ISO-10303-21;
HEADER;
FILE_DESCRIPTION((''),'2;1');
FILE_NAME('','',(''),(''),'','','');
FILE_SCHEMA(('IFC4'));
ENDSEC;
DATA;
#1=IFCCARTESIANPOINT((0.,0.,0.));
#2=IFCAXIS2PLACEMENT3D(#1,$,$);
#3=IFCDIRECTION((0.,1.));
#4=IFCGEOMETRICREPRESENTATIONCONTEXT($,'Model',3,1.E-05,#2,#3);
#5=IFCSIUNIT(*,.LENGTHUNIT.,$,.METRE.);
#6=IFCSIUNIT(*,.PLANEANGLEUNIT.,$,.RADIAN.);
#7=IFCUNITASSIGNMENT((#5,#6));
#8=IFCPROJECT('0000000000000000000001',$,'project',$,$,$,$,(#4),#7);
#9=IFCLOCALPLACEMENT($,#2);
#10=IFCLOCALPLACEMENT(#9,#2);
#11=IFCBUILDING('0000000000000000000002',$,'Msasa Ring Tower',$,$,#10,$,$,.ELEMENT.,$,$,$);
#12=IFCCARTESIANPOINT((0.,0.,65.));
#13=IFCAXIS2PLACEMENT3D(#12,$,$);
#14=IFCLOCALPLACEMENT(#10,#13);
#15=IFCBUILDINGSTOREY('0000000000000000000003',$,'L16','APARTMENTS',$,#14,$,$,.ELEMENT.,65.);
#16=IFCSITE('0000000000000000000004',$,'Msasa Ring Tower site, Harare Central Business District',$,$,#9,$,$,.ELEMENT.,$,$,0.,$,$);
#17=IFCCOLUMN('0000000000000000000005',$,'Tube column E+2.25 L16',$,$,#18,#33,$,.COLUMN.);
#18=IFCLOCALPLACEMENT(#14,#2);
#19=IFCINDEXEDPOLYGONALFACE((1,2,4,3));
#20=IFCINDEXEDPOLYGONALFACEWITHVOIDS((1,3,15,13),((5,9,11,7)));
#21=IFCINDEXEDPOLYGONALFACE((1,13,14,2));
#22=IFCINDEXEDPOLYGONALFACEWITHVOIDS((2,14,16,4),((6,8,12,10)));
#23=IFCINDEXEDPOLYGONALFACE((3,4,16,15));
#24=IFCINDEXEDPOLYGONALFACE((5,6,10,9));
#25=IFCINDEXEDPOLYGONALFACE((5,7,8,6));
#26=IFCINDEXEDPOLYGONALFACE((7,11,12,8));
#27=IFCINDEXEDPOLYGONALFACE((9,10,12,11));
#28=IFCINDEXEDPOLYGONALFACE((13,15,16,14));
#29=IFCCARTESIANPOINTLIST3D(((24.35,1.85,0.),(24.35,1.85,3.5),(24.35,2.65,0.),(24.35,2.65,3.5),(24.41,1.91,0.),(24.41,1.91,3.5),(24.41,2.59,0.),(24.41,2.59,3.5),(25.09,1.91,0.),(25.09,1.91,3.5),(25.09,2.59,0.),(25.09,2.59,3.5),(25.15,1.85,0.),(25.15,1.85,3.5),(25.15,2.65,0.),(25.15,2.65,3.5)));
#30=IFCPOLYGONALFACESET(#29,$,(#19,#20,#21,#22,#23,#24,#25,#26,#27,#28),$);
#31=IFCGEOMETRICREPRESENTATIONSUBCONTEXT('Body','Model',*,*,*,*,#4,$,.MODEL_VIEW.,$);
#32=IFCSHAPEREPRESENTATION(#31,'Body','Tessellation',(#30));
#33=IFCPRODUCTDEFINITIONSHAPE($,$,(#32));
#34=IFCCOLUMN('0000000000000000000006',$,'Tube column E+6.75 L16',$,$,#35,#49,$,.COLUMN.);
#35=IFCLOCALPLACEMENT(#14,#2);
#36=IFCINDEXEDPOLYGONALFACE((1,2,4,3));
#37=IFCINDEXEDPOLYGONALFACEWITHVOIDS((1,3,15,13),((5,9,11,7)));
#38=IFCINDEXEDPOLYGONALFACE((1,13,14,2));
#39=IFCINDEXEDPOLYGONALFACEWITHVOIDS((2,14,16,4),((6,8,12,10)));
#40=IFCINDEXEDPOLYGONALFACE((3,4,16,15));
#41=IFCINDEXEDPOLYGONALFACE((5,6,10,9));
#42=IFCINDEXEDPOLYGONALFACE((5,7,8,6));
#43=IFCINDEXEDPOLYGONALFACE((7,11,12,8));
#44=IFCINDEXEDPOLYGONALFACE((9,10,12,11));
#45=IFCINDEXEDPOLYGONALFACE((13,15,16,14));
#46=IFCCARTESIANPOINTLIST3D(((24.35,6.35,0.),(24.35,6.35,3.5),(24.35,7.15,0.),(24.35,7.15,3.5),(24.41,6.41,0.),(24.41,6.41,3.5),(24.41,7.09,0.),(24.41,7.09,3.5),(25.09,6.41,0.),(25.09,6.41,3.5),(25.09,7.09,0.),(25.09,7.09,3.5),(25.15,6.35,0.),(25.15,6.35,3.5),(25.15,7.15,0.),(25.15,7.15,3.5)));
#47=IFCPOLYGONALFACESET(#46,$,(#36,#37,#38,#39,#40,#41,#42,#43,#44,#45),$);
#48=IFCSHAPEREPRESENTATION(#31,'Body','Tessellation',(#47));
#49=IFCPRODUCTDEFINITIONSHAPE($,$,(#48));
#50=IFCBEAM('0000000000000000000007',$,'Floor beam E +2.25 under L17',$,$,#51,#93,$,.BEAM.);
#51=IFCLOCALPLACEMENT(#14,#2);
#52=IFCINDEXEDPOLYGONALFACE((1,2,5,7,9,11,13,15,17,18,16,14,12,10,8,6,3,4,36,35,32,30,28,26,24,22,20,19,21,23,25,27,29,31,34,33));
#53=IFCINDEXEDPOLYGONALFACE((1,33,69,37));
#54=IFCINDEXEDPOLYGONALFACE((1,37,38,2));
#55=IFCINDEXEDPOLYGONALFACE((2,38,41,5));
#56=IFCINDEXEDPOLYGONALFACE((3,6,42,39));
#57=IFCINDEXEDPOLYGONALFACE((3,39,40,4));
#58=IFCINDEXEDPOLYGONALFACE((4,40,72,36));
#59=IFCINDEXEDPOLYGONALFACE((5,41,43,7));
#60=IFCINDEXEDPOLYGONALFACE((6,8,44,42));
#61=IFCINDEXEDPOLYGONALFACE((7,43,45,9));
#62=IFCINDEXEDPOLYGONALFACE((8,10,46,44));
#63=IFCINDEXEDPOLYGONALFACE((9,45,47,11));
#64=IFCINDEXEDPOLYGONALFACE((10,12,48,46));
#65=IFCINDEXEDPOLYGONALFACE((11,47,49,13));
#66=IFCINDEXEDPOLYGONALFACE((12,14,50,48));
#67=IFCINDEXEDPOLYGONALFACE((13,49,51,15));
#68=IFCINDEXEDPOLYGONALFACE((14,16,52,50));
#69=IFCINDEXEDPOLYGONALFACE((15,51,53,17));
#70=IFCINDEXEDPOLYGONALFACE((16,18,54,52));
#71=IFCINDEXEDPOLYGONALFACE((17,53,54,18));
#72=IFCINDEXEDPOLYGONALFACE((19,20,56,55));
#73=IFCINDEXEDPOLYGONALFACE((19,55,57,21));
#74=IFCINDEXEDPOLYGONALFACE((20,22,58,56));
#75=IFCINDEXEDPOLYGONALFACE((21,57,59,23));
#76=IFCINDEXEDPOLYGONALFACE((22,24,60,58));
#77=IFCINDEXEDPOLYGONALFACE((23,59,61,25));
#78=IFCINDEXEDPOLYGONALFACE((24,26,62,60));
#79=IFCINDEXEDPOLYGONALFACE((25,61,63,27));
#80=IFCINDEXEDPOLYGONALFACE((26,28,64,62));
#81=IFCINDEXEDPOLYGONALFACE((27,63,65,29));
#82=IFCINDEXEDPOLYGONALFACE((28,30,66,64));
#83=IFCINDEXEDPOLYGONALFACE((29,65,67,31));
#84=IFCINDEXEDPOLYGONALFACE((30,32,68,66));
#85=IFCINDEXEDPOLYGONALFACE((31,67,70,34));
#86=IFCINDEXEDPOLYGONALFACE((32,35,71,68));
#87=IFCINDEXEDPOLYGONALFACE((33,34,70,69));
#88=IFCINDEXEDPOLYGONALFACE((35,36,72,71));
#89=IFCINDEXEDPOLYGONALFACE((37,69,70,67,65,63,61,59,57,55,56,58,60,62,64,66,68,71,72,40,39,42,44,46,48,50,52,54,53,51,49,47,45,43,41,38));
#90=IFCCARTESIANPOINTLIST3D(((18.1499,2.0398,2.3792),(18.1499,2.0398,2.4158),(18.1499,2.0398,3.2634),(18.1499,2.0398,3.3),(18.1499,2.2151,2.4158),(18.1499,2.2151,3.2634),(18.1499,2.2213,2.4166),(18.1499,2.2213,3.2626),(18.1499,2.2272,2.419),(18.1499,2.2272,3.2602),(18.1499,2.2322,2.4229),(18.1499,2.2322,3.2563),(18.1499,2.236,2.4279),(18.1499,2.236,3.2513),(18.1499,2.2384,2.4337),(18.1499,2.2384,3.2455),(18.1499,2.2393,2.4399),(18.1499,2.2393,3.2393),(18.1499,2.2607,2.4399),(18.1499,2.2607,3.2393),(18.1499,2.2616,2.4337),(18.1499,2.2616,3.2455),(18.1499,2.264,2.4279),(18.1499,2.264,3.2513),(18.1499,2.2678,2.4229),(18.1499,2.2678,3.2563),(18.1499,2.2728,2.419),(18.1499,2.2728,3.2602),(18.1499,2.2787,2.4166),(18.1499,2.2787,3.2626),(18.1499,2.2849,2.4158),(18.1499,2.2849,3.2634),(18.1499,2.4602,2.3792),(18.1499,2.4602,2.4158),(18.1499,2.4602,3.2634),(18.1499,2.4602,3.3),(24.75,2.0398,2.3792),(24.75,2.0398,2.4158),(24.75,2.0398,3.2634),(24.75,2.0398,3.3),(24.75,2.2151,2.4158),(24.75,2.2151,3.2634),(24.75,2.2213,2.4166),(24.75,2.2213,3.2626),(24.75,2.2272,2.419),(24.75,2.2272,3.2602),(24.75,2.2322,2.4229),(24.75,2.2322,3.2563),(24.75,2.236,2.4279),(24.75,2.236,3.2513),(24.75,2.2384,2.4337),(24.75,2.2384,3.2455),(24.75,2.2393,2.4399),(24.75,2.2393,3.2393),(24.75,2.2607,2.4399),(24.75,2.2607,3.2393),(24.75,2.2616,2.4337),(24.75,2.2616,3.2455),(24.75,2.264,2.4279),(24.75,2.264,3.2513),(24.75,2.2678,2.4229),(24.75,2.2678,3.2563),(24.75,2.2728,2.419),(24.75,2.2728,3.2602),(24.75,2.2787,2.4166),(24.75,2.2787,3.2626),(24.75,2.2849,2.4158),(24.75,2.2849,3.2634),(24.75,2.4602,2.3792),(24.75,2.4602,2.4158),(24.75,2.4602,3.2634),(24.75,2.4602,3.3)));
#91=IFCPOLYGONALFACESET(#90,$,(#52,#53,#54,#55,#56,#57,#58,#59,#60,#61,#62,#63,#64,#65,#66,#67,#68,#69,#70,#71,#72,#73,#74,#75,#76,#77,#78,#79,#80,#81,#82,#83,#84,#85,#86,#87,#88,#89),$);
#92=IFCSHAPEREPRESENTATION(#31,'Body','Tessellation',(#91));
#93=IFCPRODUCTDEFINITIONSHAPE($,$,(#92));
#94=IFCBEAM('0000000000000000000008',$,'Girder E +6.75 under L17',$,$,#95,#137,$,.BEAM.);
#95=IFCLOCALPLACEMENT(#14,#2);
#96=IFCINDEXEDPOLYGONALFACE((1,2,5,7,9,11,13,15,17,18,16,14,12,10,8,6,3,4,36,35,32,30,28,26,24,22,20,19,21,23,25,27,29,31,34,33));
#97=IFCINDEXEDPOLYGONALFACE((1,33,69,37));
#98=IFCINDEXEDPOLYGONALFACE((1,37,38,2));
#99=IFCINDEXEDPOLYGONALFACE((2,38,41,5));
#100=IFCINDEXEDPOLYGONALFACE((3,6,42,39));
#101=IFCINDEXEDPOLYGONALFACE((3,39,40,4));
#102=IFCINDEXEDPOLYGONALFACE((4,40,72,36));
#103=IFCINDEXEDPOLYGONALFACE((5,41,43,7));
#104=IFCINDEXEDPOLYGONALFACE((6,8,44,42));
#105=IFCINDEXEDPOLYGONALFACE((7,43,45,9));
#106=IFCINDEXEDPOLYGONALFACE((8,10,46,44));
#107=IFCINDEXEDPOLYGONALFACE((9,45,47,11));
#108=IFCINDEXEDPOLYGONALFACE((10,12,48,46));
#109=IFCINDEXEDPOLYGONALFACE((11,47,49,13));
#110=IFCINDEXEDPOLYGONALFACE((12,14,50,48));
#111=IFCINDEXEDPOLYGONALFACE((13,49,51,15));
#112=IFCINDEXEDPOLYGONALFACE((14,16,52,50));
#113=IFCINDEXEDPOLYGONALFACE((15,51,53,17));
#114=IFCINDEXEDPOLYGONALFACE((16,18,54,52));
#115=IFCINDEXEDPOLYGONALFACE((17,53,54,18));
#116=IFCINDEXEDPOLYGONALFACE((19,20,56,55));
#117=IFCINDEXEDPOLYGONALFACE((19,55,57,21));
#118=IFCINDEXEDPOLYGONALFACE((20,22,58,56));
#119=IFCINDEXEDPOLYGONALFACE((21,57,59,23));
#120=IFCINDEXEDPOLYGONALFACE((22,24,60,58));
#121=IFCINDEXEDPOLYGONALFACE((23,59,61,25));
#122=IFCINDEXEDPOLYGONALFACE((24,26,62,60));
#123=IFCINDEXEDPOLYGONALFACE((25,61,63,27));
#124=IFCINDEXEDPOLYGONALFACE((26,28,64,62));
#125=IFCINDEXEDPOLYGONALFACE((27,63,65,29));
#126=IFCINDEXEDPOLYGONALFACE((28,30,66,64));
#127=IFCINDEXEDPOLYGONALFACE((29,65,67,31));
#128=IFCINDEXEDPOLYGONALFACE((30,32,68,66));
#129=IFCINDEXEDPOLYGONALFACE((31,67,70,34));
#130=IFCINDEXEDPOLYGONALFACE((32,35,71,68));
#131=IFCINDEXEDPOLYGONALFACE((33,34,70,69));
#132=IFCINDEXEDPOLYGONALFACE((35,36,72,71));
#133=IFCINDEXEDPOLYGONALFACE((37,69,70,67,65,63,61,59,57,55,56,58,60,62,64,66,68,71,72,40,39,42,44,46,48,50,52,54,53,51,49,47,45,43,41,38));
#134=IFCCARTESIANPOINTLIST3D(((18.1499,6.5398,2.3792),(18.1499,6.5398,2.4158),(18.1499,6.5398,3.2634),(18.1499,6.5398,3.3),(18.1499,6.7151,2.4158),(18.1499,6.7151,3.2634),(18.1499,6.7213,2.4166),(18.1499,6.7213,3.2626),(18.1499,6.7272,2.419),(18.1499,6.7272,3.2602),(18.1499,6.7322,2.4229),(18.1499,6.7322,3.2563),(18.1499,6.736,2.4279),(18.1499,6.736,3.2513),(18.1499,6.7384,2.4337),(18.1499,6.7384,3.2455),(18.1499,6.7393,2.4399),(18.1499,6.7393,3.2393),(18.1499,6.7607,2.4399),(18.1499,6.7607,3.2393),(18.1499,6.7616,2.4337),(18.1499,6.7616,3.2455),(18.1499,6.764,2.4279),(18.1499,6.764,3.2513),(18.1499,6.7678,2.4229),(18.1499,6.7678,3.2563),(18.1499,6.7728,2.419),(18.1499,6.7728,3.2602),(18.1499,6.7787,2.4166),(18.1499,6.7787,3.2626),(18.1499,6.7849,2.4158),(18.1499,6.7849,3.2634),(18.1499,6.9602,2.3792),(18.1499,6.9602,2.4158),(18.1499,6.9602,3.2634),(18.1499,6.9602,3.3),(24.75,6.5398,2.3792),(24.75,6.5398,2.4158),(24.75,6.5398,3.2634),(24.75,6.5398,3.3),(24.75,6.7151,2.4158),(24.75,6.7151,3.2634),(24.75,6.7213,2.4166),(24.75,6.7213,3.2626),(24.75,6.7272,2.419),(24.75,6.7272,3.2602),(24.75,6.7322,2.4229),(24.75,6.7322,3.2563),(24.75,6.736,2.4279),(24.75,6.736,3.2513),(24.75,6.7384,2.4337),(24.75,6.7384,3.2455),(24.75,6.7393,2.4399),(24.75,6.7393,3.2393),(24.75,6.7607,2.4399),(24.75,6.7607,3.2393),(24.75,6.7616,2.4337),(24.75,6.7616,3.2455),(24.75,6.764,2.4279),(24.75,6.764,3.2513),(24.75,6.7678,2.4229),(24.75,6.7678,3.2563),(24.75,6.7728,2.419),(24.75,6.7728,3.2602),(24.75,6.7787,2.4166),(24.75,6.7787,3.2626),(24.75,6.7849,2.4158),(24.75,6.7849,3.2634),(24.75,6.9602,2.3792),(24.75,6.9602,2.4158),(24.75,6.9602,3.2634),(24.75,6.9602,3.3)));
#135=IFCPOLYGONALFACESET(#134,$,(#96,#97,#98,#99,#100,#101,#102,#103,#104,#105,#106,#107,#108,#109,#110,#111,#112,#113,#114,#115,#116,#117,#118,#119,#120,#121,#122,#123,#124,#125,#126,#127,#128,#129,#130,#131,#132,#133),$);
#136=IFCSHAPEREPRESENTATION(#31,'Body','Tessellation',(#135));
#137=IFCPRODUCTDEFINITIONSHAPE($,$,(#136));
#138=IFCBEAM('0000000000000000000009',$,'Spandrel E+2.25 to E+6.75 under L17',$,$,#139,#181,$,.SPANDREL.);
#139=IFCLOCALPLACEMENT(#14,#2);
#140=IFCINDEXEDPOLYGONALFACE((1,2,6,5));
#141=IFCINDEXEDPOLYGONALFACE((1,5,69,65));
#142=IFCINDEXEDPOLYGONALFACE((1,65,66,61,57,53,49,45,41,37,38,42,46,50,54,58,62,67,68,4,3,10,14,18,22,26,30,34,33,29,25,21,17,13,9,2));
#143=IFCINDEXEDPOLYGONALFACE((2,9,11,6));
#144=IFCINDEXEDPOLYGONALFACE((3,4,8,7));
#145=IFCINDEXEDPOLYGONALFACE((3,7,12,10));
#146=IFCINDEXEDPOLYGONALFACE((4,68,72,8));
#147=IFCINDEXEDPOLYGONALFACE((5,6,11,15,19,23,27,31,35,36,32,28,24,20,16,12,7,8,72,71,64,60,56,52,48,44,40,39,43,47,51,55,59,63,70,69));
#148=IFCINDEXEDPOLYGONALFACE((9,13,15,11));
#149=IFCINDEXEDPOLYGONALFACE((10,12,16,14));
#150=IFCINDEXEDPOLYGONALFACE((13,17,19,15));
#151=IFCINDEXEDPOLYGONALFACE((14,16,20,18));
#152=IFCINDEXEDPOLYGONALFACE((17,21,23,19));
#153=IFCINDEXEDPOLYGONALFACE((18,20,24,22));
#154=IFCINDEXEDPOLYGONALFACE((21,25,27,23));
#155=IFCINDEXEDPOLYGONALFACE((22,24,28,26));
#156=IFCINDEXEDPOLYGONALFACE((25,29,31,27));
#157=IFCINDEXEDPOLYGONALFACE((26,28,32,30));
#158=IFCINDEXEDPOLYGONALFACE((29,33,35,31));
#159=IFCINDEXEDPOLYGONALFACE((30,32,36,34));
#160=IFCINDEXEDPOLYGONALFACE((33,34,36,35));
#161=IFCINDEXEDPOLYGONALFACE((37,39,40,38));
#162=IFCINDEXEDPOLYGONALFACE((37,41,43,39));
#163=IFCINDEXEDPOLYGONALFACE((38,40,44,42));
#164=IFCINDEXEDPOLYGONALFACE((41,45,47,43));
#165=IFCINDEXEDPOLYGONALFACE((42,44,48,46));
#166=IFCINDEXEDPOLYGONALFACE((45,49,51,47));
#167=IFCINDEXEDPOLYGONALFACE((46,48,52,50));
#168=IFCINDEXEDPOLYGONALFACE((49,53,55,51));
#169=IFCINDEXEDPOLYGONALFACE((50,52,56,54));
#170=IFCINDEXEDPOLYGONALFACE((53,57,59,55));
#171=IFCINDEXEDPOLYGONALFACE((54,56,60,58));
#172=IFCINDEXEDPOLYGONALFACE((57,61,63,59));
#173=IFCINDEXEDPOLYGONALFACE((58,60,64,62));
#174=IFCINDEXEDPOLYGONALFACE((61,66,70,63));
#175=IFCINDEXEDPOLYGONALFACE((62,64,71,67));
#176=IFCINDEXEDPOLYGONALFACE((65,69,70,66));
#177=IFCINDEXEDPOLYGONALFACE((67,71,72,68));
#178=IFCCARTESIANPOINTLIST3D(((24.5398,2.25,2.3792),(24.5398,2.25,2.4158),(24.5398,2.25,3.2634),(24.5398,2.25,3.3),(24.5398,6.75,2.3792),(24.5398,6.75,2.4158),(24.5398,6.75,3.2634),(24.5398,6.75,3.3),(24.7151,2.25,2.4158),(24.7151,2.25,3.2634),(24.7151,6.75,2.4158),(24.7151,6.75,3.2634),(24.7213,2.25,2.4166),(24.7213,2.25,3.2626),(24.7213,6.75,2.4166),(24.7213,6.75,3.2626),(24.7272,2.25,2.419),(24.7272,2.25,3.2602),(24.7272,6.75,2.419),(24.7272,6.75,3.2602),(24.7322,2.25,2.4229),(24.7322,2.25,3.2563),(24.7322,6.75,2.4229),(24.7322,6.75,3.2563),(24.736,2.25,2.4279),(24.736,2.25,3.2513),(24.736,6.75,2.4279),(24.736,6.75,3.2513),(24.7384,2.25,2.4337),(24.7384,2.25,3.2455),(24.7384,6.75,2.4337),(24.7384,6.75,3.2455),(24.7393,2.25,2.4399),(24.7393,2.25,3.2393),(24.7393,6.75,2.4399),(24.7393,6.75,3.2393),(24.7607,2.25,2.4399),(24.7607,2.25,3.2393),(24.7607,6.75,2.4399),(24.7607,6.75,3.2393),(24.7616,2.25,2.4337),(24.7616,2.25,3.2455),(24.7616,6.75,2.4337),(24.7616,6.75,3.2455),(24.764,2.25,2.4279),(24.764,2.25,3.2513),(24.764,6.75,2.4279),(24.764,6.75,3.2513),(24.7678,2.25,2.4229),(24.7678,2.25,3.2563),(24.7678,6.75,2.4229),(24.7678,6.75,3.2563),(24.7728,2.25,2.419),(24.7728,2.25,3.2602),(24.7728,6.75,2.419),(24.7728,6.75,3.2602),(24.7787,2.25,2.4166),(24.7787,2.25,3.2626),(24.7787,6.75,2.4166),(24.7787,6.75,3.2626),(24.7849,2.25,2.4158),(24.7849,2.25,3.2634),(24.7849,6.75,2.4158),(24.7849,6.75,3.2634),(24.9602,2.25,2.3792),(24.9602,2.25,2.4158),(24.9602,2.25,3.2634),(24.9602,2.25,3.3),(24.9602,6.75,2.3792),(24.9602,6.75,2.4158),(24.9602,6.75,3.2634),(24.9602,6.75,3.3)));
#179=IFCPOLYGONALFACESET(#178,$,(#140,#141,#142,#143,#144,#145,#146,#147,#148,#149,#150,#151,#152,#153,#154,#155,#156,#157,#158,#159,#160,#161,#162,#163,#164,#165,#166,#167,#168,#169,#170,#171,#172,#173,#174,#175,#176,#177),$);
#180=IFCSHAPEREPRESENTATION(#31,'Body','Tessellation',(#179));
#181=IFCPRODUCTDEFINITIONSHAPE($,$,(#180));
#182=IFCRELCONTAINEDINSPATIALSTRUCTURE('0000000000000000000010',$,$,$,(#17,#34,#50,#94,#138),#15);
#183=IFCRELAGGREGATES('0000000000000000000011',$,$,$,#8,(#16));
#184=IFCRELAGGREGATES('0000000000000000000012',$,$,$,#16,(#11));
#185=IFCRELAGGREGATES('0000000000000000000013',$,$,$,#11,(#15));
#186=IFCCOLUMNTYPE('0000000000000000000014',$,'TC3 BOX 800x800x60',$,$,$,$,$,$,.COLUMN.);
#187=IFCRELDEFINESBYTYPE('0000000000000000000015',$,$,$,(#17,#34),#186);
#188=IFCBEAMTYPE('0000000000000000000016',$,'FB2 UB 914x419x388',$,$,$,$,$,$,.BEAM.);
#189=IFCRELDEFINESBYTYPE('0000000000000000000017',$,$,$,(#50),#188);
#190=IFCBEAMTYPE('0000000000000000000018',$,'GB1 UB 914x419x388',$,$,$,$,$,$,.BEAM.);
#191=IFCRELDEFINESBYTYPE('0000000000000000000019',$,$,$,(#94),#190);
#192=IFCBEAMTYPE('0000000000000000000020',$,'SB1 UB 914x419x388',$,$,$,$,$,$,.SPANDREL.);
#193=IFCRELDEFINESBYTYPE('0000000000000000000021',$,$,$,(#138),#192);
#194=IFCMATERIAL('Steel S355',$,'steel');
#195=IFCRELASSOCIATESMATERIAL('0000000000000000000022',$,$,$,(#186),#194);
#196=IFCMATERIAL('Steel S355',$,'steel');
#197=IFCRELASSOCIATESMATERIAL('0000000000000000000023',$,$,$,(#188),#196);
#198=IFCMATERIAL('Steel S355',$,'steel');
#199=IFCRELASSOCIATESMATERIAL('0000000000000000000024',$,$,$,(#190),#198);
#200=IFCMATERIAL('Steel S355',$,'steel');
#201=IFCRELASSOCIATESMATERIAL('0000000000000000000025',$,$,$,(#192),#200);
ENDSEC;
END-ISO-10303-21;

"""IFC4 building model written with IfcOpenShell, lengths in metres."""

from ifc_helpers import new_model, si_unit, direction, frame, origin, origin_2d, place, context, subcontext, project, spatial, hollow_rectangle, i_section, extrude, material, material_profile, profile_set, type_object, element, save


model = new_model("IFC4")

# Units and contexts
model_context = context("Model", 3, precision=1e-05, world=origin(), true_north=direction((0.0, 1.0)))
body_context = subcontext(model_context, "Body", "Model", "MODEL_VIEW")
ifc_project = project(units=[si_unit("LENGTHUNIT", "METRE"), si_unit("PLANEANGLEUNIT", "RADIAN")], contexts=[model_context])

# Site, building, storey
site_placement = place(None, origin())
site = spatial("IfcSite", under=ifc_project, at=site_placement, Name="Msasa Ring Tower site, Harare Central Business District", CompositionType="ELEMENT", RefElevation=0.0)
building_placement = place(site_placement, origin())
building = spatial("IfcBuilding", under=site, at=building_placement, Name="Msasa Ring Tower", CompositionType="ELEMENT")
storey_placement = place(building_placement, frame((0.0, 0.0, 65.0)))
storey = spatial("IfcBuildingStorey", under=building, at=storey_placement, Name="L16", Description="APARTMENTS", CompositionType="ELEMENT", Elevation=65.0)

# Columns
ifc_material_1 = material(Name="Steel S355", Category="steel")
ifc_material_profile_1 = material_profile(ifc_material_1, hollow_rectangle(XDim=0.8, YDim=0.8, WallThickness=0.0601, at=origin_2d()), Name="BOX 800x800x60")
ifc_profile_set_1 = profile_set([ifc_material_profile_1], Name="Steel S355")
column_type = type_object("IfcColumnType", Name="TC3 BOX 800x800x60", PredefinedType="COLUMN", material=ifc_profile_set_1)
for number, where, z_axis, x_axis, name in (
    (1, (24.75, 2.25, 0.0), (0.0, 0.0, 1.0), (1.0, 0.0, 0.0), "Tube column E+2.25 L16"),
    (2, (24.75, 6.75, 0.0), (0.0, 0.0, 1.0), (1.0, 0.0, 0.0), "Tube column E+6.75 L16"),
):
    element("IfcColumn", number, at=place(storey_placement, frame(where, z_axis=z_axis, x_axis=x_axis)), inside=storey, type_object=column_type, Name=name, PredefinedType="COLUMN", context=body_context, shape_type="SweptSolid", body=[
        extrude(hollow_rectangle(XDim=0.8, YDim=0.8, WallThickness=0.0601, at=origin_2d()), origin(), (0.0, 0.0, 1.0), 3.5),
    ])

# Beams
ifc_material_2 = material(Name="Steel S355", Category="steel")
ifc_material_profile_2 = material_profile(ifc_material_2, i_section(OverallWidth=0.4204, OverallDepth=0.9209, WebThickness=0.0215, FlangeThickness=0.0366, FilletRadius=0.0242, at=origin_2d()), Name="UB 914x419x388")
ifc_profile_set_2 = profile_set([ifc_material_profile_2], Name="Steel S355")
beam_type_1 = type_object("IfcBeamType", Name="FB2 UB 914x419x388", PredefinedType="BEAM", material=ifc_profile_set_2)
beam_1_placement = place(storey_placement, frame((24.75, 2.25, 2.8396), z_axis=(-1.0, 0.0, 0.0), x_axis=(0.0, -1.0, 0.0)))
element("IfcBeam", 3, at=beam_1_placement, inside=storey, type_object=beam_type_1, Name="Floor beam E +2.25 under L17", PredefinedType="BEAM", context=body_context, shape_type="SweptSolid", body=[
    extrude(i_section(OverallWidth=0.4204, OverallDepth=0.9209, WebThickness=0.0215, FlangeThickness=0.0366, FilletRadius=0.0242, at=origin_2d()), origin(), (0.0, 0.0, 1.0), 6.6001),
])
ifc_material_3 = material(Name="Steel S355", Category="steel")
ifc_material_profile_3 = material_profile(ifc_material_3, i_section(OverallWidth=0.4204, OverallDepth=0.9209, WebThickness=0.0215, FlangeThickness=0.0366, FilletRadius=0.0242, at=origin_2d()), Name="UB 914x419x388")
ifc_profile_set_3 = profile_set([ifc_material_profile_3], Name="Steel S355")
beam_type_2 = type_object("IfcBeamType", Name="GB1 UB 914x419x388", PredefinedType="BEAM", material=ifc_profile_set_3)
beam_2_placement = place(storey_placement, frame((18.1499, 6.75, 2.8396), z_axis=(1.0, 0.0, 0.0), x_axis=(0.0, 1.0, 0.0)))
element("IfcBeam", 4, at=beam_2_placement, inside=storey, type_object=beam_type_2, Name="Girder E +6.75 under L17", PredefinedType="BEAM", context=body_context, shape_type="SweptSolid", body=[
    extrude(i_section(OverallWidth=0.4204, OverallDepth=0.9209, WebThickness=0.0215, FlangeThickness=0.0366, FilletRadius=0.0242, at=origin_2d()), origin(), (0.0, 0.0, 1.0), 6.6001),
])
ifc_material_4 = material(Name="Steel S355", Category="steel")
ifc_material_profile_4 = material_profile(ifc_material_4, i_section(OverallWidth=0.4204, OverallDepth=0.9209, WebThickness=0.0215, FlangeThickness=0.0366, FilletRadius=0.0242, at=origin_2d()), Name="UB 914x419x388")
ifc_profile_set_4 = profile_set([ifc_material_profile_4], Name="Steel S355")
beam_type_3 = type_object("IfcBeamType", Name="SB1 UB 914x419x388", PredefinedType="SPANDREL", material=ifc_profile_set_4)
for number, where, z_axis, x_axis, name in (
    (5, (24.75, 2.25, 2.8396), (0.0, 1.0, 0.0), (-1.0, 0.0, 0.0), "Spandrel E+2.25 to E+6.75 under L17"),
):
    element("IfcBeam", number, at=place(storey_placement, frame(where, z_axis=z_axis, x_axis=x_axis)), inside=storey, type_object=beam_type_3, Name=name, PredefinedType="SPANDREL", context=body_context, shape_type="SweptSolid", body=[
        extrude(i_section(OverallWidth=0.4204, OverallDepth=0.9209, WebThickness=0.0215, FlangeThickness=0.0366, FilletRadius=0.0242, at=origin_2d()), origin(), (0.0, 0.0, 1.0), 4.5),
    ])

save(model, "model.ifc")
